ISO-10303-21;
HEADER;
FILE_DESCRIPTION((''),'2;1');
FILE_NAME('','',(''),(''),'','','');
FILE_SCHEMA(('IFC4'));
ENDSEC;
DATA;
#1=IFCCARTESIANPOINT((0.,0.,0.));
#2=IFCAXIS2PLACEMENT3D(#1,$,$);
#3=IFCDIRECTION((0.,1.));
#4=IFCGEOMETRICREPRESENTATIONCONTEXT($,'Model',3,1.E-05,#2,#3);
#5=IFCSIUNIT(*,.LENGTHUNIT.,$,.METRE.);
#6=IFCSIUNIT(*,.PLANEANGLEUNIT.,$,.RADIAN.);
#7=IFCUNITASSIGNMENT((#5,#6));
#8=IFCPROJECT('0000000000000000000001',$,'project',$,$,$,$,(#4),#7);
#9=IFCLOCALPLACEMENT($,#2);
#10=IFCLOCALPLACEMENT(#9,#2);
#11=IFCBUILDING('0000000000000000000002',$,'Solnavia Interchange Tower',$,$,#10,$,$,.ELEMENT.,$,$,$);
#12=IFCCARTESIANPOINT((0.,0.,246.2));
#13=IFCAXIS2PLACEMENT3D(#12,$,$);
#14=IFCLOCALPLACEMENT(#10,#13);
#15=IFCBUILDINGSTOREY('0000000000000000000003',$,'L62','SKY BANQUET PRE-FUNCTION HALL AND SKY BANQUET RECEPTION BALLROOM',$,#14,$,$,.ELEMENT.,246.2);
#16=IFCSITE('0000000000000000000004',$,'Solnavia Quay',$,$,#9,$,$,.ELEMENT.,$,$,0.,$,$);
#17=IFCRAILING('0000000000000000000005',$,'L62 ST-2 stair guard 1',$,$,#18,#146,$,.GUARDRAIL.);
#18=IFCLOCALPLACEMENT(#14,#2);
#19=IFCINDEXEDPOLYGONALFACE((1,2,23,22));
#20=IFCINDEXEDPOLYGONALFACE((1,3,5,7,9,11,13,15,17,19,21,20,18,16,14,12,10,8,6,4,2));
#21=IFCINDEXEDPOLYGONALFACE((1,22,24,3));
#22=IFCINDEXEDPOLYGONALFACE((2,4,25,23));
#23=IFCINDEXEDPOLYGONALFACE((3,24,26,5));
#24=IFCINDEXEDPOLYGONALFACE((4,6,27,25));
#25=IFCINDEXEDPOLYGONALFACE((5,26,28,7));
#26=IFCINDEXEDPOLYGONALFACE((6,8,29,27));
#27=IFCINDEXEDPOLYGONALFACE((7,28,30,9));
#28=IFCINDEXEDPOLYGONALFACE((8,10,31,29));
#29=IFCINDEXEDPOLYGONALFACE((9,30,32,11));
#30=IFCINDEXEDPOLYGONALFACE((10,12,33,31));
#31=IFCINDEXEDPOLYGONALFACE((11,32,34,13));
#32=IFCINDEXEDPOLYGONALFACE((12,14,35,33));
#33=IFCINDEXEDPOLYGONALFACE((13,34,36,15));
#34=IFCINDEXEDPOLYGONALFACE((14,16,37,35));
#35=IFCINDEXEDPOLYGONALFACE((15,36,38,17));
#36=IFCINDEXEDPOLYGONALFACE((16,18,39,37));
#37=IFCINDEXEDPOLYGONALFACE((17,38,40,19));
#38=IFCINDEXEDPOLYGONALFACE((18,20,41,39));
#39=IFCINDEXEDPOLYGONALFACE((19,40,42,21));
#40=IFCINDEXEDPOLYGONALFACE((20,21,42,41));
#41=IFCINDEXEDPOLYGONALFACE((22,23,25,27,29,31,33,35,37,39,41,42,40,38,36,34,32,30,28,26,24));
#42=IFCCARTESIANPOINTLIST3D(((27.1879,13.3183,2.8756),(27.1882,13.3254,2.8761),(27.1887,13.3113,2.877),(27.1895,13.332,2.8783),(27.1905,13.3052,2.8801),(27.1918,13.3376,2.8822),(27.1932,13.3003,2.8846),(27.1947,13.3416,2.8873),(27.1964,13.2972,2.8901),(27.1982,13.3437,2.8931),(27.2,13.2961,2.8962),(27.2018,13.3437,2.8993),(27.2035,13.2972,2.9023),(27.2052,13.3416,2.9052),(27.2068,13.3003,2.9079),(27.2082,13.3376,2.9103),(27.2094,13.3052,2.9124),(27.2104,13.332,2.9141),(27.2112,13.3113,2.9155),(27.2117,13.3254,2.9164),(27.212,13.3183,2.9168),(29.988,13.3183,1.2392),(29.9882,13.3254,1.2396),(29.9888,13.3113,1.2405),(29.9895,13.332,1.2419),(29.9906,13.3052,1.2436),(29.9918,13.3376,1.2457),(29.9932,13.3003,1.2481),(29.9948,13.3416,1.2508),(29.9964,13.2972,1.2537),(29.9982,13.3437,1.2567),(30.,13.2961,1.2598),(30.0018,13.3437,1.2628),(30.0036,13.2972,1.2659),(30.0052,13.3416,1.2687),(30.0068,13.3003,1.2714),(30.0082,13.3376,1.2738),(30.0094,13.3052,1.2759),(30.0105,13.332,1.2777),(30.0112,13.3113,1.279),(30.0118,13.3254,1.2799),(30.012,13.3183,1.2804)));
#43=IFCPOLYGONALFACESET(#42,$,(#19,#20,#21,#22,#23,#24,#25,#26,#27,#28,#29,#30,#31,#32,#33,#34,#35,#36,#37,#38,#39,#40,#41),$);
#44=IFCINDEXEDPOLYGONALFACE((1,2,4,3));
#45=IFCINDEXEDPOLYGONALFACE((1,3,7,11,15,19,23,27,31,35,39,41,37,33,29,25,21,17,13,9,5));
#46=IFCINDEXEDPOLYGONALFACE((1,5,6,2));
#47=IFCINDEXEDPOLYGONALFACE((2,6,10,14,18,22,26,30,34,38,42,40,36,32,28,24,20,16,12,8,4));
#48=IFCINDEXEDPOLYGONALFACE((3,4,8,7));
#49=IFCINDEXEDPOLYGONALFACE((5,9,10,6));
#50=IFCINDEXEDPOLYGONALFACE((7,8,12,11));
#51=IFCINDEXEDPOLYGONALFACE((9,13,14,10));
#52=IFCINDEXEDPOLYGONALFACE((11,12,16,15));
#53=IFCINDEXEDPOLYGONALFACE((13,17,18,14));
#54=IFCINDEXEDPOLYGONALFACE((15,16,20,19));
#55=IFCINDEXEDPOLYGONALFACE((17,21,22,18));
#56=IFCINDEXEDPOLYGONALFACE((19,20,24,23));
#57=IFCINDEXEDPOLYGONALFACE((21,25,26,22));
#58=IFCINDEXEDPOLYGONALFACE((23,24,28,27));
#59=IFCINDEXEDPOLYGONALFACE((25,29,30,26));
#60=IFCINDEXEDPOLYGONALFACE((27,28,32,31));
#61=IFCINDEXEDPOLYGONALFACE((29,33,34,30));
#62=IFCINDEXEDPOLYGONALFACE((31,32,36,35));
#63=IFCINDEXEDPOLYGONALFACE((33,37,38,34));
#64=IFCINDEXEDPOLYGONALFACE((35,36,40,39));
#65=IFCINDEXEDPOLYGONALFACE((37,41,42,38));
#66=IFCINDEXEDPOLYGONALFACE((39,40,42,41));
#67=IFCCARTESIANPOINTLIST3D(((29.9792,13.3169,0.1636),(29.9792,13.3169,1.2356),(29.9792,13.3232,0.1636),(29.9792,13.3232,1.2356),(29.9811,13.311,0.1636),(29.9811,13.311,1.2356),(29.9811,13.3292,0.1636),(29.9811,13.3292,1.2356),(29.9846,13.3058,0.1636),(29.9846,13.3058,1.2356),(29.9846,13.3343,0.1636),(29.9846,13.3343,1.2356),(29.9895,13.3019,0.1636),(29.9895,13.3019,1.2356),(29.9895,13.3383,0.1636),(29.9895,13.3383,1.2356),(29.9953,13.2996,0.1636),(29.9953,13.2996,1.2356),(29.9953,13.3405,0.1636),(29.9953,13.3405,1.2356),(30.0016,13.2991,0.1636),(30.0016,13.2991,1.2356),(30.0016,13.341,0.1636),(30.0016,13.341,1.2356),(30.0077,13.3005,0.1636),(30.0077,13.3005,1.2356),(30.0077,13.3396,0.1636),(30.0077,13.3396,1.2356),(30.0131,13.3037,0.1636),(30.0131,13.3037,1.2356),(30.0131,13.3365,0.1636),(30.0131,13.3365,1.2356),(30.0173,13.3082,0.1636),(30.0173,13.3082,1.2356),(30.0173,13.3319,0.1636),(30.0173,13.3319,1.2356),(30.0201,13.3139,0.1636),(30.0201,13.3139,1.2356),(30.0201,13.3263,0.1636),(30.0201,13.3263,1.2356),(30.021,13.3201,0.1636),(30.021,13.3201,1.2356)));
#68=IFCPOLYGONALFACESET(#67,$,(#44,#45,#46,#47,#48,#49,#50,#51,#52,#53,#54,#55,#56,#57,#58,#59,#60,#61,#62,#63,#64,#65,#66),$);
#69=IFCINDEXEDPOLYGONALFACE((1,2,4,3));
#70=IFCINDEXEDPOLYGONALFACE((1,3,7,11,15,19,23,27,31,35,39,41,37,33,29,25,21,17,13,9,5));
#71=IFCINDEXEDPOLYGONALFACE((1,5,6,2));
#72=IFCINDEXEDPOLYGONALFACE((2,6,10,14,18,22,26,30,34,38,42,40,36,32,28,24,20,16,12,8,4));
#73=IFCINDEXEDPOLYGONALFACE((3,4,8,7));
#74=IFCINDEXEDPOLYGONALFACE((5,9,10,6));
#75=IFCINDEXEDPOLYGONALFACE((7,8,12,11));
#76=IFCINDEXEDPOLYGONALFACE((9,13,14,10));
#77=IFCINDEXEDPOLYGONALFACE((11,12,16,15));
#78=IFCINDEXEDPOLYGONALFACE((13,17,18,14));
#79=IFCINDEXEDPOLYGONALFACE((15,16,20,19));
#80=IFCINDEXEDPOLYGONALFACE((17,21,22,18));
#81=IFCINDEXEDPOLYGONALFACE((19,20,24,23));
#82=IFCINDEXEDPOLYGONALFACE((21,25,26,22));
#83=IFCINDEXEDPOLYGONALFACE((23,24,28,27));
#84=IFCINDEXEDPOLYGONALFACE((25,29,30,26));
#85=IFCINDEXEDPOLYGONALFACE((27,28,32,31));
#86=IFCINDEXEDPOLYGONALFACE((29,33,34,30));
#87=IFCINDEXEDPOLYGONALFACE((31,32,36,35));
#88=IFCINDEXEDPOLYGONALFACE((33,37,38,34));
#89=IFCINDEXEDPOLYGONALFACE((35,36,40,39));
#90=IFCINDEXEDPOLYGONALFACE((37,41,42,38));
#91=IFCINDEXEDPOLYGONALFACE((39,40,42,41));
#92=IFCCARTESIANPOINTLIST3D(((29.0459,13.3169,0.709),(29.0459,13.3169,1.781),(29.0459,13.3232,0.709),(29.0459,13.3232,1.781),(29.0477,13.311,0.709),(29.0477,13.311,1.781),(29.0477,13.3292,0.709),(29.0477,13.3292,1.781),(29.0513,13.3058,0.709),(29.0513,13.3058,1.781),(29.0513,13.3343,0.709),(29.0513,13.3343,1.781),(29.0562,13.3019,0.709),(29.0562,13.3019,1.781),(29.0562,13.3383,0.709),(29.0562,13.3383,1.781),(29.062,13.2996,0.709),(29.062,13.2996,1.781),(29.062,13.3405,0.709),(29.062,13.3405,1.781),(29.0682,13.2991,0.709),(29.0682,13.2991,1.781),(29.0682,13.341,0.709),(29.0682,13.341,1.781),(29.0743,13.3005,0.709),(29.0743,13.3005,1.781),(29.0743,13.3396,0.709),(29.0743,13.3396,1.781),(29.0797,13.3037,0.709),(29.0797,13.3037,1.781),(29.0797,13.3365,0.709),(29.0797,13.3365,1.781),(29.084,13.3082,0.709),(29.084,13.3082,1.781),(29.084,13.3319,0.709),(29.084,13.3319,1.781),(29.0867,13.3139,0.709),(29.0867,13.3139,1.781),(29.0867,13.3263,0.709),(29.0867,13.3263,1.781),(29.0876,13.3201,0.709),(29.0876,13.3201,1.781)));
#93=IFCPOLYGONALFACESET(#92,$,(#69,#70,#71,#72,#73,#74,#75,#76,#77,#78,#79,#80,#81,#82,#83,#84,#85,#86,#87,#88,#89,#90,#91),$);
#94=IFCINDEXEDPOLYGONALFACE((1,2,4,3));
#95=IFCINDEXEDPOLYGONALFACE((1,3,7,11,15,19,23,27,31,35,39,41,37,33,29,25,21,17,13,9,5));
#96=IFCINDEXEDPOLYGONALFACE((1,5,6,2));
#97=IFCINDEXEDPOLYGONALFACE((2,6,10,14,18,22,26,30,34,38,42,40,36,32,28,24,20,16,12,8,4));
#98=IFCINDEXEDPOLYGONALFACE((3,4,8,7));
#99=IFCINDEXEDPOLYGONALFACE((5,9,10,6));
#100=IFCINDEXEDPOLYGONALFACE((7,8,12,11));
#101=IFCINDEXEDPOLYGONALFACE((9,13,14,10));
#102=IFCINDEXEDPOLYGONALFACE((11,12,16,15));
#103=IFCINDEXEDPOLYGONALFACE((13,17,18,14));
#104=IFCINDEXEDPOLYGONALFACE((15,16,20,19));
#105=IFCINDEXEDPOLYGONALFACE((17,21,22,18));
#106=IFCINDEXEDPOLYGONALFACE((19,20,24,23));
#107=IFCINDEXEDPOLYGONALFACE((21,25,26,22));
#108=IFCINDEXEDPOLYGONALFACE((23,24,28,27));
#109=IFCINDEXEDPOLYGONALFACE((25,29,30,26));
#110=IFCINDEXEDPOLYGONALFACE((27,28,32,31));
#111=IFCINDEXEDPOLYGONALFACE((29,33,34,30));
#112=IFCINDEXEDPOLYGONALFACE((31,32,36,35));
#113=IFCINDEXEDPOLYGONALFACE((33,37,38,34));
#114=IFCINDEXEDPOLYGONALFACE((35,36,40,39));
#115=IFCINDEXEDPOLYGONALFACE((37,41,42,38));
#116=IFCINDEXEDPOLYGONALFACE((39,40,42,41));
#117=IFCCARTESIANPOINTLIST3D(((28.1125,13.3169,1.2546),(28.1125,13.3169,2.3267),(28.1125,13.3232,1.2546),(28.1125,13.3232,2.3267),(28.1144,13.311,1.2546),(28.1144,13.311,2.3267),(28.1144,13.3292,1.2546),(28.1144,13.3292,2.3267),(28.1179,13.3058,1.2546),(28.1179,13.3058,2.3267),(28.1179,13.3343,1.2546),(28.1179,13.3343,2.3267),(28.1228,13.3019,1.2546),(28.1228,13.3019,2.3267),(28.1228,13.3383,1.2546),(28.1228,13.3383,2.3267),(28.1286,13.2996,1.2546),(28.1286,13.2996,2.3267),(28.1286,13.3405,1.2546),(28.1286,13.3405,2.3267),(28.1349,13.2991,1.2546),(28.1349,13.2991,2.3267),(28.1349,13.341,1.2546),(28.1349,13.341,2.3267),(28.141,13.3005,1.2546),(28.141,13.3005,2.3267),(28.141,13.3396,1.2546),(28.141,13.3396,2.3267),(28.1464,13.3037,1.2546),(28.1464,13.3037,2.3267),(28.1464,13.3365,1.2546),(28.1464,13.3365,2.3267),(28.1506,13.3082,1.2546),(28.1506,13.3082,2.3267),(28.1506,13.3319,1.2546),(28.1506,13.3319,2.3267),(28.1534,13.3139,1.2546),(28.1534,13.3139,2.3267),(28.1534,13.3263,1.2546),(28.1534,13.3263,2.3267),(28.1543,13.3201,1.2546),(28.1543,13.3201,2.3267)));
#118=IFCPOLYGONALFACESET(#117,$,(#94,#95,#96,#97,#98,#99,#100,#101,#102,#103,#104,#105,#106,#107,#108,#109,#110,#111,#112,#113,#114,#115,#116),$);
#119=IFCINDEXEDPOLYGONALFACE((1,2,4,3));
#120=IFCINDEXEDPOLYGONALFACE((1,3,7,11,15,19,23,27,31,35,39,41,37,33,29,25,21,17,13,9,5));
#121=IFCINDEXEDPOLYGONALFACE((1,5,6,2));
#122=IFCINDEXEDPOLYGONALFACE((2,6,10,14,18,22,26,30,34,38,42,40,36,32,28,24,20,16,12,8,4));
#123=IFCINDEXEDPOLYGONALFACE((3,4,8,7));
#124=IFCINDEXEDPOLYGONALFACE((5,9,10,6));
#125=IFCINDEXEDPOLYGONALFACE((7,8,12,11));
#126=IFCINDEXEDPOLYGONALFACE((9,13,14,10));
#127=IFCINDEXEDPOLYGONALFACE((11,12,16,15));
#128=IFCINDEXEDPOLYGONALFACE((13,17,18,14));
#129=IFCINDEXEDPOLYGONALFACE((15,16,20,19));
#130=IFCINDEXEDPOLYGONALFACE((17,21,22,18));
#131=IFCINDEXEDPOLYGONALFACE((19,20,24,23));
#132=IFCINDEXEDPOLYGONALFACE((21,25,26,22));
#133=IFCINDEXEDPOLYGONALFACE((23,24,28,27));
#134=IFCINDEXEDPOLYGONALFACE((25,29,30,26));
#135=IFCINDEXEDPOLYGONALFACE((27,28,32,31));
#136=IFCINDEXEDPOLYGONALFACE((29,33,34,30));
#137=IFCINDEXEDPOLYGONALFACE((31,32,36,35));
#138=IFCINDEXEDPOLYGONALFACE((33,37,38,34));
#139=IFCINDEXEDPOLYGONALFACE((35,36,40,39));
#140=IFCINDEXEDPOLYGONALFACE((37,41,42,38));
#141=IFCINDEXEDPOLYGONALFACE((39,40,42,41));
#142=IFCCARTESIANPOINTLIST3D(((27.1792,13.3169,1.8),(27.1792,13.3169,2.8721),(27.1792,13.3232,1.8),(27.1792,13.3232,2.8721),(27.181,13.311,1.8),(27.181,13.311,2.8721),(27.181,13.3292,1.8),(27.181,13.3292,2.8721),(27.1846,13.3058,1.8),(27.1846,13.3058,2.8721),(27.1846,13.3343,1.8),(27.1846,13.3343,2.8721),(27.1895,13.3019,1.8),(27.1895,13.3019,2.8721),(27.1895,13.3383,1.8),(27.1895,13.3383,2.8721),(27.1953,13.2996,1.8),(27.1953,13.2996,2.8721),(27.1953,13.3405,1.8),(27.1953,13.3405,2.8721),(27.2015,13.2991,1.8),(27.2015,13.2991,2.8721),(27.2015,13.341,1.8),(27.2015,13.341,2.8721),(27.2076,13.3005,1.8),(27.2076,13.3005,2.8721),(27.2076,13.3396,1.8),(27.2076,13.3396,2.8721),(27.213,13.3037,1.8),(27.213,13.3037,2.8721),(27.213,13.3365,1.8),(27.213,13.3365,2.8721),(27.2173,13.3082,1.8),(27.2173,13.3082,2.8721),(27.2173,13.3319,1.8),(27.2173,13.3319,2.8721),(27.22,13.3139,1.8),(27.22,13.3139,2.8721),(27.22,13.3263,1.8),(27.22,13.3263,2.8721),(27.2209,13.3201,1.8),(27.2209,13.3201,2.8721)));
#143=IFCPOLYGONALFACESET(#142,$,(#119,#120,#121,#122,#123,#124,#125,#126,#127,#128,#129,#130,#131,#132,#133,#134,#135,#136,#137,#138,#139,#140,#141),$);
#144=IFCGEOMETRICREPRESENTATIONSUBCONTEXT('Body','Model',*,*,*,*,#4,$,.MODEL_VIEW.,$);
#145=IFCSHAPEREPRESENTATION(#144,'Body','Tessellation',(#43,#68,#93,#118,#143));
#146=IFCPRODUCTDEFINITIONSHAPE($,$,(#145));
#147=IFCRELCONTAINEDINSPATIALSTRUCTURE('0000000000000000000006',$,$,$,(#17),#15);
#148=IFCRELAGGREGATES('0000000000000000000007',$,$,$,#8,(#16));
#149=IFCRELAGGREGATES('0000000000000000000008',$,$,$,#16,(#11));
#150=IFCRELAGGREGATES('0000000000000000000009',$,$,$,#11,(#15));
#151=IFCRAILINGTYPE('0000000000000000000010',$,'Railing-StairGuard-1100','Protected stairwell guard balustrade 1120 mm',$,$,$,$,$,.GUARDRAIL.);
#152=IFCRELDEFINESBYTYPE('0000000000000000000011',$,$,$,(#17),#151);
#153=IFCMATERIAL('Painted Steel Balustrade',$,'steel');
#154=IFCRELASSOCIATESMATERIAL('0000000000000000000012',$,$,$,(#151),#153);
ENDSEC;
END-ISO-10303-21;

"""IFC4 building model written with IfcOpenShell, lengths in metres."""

from ifc_helpers import new_model, si_unit, direction, frame, origin, origin_2d, place, context, subcontext, project, spatial, circle, extrude, material, type_object, element, save


model = new_model("IFC4")

# Units and contexts
model_context = context("Model", 3, precision=1e-05, world=origin(), true_north=direction((0.0, 1.0)))
body_context = subcontext(model_context, "Body", "Model", "MODEL_VIEW")
ifc_project = project(units=[si_unit("LENGTHUNIT", "METRE"), si_unit("PLANEANGLEUNIT", "RADIAN")], contexts=[model_context])

# Site, building, storey
site_placement = place(None, origin())
site = spatial("IfcSite", under=ifc_project, at=site_placement, Name="Solnavia Quay", CompositionType="ELEMENT", RefElevation=0.0)
building_placement = place(site_placement, origin())
building = spatial("IfcBuilding", under=site, at=building_placement, Name="Solnavia Interchange Tower", CompositionType="ELEMENT")
storey_placement = place(building_placement, frame((0.0, 0.0, 246.2)))
storey = spatial("IfcBuildingStorey", under=building, at=storey_placement, Name="L62", Description="SKY BANQUET PRE-FUNCTION HALL AND SKY BANQUET RECEPTION BALLROOM", CompositionType="ELEMENT", Elevation=246.2)

# Railing
ifc_material_1 = material(Name="Painted Steel Balustrade", Category="steel")
railing_type_1 = type_object("IfcRailingType", Name="Railing-StairGuard-1100", Description="Protected stairwell guard balustrade 1120 mm", PredefinedType="GUARDRAIL", material=ifc_material_1)
railing_1_placement = place(storey_placement, frame((30.0, 13.3201, 0.1636)))
element("IfcRailing", 1, at=railing_1_placement, inside=storey, type_object=railing_type_1, Name="L62 ST-2 stair guard 1", PredefinedType="GUARDRAIL", context=body_context, shape_type="SweptSolid", body=[
    extrude(circle(Radius=0.0239, at=origin_2d()), frame((0.0, 0.0, 1.0962), z_axis=(-0.863361, 0.0, 0.504587), x_axis=(0.0, -1.0, 0.0)), (0.0, 0.0, 1.0), 3.2432),
    extrude(circle(Radius=0.021, at=origin_2d()), origin(), (0.0, 0.0, 1.0), 1.072),
    extrude(circle(Radius=0.021, at=origin_2d()), frame((-0.9333, 0.0, 0.5454)), (0.0, 0.0, 1.0), 1.072),
    extrude(circle(Radius=0.021, at=origin_2d()), frame((-1.8667, 0.0, 1.0911)), (0.0, 0.0, 1.0), 1.072),
    extrude(circle(Radius=0.021, at=origin_2d()), frame((-2.8, 0.0, 1.6365)), (0.0, 0.0, 1.0), 1.072),
])

save(model, "model.ifc")
